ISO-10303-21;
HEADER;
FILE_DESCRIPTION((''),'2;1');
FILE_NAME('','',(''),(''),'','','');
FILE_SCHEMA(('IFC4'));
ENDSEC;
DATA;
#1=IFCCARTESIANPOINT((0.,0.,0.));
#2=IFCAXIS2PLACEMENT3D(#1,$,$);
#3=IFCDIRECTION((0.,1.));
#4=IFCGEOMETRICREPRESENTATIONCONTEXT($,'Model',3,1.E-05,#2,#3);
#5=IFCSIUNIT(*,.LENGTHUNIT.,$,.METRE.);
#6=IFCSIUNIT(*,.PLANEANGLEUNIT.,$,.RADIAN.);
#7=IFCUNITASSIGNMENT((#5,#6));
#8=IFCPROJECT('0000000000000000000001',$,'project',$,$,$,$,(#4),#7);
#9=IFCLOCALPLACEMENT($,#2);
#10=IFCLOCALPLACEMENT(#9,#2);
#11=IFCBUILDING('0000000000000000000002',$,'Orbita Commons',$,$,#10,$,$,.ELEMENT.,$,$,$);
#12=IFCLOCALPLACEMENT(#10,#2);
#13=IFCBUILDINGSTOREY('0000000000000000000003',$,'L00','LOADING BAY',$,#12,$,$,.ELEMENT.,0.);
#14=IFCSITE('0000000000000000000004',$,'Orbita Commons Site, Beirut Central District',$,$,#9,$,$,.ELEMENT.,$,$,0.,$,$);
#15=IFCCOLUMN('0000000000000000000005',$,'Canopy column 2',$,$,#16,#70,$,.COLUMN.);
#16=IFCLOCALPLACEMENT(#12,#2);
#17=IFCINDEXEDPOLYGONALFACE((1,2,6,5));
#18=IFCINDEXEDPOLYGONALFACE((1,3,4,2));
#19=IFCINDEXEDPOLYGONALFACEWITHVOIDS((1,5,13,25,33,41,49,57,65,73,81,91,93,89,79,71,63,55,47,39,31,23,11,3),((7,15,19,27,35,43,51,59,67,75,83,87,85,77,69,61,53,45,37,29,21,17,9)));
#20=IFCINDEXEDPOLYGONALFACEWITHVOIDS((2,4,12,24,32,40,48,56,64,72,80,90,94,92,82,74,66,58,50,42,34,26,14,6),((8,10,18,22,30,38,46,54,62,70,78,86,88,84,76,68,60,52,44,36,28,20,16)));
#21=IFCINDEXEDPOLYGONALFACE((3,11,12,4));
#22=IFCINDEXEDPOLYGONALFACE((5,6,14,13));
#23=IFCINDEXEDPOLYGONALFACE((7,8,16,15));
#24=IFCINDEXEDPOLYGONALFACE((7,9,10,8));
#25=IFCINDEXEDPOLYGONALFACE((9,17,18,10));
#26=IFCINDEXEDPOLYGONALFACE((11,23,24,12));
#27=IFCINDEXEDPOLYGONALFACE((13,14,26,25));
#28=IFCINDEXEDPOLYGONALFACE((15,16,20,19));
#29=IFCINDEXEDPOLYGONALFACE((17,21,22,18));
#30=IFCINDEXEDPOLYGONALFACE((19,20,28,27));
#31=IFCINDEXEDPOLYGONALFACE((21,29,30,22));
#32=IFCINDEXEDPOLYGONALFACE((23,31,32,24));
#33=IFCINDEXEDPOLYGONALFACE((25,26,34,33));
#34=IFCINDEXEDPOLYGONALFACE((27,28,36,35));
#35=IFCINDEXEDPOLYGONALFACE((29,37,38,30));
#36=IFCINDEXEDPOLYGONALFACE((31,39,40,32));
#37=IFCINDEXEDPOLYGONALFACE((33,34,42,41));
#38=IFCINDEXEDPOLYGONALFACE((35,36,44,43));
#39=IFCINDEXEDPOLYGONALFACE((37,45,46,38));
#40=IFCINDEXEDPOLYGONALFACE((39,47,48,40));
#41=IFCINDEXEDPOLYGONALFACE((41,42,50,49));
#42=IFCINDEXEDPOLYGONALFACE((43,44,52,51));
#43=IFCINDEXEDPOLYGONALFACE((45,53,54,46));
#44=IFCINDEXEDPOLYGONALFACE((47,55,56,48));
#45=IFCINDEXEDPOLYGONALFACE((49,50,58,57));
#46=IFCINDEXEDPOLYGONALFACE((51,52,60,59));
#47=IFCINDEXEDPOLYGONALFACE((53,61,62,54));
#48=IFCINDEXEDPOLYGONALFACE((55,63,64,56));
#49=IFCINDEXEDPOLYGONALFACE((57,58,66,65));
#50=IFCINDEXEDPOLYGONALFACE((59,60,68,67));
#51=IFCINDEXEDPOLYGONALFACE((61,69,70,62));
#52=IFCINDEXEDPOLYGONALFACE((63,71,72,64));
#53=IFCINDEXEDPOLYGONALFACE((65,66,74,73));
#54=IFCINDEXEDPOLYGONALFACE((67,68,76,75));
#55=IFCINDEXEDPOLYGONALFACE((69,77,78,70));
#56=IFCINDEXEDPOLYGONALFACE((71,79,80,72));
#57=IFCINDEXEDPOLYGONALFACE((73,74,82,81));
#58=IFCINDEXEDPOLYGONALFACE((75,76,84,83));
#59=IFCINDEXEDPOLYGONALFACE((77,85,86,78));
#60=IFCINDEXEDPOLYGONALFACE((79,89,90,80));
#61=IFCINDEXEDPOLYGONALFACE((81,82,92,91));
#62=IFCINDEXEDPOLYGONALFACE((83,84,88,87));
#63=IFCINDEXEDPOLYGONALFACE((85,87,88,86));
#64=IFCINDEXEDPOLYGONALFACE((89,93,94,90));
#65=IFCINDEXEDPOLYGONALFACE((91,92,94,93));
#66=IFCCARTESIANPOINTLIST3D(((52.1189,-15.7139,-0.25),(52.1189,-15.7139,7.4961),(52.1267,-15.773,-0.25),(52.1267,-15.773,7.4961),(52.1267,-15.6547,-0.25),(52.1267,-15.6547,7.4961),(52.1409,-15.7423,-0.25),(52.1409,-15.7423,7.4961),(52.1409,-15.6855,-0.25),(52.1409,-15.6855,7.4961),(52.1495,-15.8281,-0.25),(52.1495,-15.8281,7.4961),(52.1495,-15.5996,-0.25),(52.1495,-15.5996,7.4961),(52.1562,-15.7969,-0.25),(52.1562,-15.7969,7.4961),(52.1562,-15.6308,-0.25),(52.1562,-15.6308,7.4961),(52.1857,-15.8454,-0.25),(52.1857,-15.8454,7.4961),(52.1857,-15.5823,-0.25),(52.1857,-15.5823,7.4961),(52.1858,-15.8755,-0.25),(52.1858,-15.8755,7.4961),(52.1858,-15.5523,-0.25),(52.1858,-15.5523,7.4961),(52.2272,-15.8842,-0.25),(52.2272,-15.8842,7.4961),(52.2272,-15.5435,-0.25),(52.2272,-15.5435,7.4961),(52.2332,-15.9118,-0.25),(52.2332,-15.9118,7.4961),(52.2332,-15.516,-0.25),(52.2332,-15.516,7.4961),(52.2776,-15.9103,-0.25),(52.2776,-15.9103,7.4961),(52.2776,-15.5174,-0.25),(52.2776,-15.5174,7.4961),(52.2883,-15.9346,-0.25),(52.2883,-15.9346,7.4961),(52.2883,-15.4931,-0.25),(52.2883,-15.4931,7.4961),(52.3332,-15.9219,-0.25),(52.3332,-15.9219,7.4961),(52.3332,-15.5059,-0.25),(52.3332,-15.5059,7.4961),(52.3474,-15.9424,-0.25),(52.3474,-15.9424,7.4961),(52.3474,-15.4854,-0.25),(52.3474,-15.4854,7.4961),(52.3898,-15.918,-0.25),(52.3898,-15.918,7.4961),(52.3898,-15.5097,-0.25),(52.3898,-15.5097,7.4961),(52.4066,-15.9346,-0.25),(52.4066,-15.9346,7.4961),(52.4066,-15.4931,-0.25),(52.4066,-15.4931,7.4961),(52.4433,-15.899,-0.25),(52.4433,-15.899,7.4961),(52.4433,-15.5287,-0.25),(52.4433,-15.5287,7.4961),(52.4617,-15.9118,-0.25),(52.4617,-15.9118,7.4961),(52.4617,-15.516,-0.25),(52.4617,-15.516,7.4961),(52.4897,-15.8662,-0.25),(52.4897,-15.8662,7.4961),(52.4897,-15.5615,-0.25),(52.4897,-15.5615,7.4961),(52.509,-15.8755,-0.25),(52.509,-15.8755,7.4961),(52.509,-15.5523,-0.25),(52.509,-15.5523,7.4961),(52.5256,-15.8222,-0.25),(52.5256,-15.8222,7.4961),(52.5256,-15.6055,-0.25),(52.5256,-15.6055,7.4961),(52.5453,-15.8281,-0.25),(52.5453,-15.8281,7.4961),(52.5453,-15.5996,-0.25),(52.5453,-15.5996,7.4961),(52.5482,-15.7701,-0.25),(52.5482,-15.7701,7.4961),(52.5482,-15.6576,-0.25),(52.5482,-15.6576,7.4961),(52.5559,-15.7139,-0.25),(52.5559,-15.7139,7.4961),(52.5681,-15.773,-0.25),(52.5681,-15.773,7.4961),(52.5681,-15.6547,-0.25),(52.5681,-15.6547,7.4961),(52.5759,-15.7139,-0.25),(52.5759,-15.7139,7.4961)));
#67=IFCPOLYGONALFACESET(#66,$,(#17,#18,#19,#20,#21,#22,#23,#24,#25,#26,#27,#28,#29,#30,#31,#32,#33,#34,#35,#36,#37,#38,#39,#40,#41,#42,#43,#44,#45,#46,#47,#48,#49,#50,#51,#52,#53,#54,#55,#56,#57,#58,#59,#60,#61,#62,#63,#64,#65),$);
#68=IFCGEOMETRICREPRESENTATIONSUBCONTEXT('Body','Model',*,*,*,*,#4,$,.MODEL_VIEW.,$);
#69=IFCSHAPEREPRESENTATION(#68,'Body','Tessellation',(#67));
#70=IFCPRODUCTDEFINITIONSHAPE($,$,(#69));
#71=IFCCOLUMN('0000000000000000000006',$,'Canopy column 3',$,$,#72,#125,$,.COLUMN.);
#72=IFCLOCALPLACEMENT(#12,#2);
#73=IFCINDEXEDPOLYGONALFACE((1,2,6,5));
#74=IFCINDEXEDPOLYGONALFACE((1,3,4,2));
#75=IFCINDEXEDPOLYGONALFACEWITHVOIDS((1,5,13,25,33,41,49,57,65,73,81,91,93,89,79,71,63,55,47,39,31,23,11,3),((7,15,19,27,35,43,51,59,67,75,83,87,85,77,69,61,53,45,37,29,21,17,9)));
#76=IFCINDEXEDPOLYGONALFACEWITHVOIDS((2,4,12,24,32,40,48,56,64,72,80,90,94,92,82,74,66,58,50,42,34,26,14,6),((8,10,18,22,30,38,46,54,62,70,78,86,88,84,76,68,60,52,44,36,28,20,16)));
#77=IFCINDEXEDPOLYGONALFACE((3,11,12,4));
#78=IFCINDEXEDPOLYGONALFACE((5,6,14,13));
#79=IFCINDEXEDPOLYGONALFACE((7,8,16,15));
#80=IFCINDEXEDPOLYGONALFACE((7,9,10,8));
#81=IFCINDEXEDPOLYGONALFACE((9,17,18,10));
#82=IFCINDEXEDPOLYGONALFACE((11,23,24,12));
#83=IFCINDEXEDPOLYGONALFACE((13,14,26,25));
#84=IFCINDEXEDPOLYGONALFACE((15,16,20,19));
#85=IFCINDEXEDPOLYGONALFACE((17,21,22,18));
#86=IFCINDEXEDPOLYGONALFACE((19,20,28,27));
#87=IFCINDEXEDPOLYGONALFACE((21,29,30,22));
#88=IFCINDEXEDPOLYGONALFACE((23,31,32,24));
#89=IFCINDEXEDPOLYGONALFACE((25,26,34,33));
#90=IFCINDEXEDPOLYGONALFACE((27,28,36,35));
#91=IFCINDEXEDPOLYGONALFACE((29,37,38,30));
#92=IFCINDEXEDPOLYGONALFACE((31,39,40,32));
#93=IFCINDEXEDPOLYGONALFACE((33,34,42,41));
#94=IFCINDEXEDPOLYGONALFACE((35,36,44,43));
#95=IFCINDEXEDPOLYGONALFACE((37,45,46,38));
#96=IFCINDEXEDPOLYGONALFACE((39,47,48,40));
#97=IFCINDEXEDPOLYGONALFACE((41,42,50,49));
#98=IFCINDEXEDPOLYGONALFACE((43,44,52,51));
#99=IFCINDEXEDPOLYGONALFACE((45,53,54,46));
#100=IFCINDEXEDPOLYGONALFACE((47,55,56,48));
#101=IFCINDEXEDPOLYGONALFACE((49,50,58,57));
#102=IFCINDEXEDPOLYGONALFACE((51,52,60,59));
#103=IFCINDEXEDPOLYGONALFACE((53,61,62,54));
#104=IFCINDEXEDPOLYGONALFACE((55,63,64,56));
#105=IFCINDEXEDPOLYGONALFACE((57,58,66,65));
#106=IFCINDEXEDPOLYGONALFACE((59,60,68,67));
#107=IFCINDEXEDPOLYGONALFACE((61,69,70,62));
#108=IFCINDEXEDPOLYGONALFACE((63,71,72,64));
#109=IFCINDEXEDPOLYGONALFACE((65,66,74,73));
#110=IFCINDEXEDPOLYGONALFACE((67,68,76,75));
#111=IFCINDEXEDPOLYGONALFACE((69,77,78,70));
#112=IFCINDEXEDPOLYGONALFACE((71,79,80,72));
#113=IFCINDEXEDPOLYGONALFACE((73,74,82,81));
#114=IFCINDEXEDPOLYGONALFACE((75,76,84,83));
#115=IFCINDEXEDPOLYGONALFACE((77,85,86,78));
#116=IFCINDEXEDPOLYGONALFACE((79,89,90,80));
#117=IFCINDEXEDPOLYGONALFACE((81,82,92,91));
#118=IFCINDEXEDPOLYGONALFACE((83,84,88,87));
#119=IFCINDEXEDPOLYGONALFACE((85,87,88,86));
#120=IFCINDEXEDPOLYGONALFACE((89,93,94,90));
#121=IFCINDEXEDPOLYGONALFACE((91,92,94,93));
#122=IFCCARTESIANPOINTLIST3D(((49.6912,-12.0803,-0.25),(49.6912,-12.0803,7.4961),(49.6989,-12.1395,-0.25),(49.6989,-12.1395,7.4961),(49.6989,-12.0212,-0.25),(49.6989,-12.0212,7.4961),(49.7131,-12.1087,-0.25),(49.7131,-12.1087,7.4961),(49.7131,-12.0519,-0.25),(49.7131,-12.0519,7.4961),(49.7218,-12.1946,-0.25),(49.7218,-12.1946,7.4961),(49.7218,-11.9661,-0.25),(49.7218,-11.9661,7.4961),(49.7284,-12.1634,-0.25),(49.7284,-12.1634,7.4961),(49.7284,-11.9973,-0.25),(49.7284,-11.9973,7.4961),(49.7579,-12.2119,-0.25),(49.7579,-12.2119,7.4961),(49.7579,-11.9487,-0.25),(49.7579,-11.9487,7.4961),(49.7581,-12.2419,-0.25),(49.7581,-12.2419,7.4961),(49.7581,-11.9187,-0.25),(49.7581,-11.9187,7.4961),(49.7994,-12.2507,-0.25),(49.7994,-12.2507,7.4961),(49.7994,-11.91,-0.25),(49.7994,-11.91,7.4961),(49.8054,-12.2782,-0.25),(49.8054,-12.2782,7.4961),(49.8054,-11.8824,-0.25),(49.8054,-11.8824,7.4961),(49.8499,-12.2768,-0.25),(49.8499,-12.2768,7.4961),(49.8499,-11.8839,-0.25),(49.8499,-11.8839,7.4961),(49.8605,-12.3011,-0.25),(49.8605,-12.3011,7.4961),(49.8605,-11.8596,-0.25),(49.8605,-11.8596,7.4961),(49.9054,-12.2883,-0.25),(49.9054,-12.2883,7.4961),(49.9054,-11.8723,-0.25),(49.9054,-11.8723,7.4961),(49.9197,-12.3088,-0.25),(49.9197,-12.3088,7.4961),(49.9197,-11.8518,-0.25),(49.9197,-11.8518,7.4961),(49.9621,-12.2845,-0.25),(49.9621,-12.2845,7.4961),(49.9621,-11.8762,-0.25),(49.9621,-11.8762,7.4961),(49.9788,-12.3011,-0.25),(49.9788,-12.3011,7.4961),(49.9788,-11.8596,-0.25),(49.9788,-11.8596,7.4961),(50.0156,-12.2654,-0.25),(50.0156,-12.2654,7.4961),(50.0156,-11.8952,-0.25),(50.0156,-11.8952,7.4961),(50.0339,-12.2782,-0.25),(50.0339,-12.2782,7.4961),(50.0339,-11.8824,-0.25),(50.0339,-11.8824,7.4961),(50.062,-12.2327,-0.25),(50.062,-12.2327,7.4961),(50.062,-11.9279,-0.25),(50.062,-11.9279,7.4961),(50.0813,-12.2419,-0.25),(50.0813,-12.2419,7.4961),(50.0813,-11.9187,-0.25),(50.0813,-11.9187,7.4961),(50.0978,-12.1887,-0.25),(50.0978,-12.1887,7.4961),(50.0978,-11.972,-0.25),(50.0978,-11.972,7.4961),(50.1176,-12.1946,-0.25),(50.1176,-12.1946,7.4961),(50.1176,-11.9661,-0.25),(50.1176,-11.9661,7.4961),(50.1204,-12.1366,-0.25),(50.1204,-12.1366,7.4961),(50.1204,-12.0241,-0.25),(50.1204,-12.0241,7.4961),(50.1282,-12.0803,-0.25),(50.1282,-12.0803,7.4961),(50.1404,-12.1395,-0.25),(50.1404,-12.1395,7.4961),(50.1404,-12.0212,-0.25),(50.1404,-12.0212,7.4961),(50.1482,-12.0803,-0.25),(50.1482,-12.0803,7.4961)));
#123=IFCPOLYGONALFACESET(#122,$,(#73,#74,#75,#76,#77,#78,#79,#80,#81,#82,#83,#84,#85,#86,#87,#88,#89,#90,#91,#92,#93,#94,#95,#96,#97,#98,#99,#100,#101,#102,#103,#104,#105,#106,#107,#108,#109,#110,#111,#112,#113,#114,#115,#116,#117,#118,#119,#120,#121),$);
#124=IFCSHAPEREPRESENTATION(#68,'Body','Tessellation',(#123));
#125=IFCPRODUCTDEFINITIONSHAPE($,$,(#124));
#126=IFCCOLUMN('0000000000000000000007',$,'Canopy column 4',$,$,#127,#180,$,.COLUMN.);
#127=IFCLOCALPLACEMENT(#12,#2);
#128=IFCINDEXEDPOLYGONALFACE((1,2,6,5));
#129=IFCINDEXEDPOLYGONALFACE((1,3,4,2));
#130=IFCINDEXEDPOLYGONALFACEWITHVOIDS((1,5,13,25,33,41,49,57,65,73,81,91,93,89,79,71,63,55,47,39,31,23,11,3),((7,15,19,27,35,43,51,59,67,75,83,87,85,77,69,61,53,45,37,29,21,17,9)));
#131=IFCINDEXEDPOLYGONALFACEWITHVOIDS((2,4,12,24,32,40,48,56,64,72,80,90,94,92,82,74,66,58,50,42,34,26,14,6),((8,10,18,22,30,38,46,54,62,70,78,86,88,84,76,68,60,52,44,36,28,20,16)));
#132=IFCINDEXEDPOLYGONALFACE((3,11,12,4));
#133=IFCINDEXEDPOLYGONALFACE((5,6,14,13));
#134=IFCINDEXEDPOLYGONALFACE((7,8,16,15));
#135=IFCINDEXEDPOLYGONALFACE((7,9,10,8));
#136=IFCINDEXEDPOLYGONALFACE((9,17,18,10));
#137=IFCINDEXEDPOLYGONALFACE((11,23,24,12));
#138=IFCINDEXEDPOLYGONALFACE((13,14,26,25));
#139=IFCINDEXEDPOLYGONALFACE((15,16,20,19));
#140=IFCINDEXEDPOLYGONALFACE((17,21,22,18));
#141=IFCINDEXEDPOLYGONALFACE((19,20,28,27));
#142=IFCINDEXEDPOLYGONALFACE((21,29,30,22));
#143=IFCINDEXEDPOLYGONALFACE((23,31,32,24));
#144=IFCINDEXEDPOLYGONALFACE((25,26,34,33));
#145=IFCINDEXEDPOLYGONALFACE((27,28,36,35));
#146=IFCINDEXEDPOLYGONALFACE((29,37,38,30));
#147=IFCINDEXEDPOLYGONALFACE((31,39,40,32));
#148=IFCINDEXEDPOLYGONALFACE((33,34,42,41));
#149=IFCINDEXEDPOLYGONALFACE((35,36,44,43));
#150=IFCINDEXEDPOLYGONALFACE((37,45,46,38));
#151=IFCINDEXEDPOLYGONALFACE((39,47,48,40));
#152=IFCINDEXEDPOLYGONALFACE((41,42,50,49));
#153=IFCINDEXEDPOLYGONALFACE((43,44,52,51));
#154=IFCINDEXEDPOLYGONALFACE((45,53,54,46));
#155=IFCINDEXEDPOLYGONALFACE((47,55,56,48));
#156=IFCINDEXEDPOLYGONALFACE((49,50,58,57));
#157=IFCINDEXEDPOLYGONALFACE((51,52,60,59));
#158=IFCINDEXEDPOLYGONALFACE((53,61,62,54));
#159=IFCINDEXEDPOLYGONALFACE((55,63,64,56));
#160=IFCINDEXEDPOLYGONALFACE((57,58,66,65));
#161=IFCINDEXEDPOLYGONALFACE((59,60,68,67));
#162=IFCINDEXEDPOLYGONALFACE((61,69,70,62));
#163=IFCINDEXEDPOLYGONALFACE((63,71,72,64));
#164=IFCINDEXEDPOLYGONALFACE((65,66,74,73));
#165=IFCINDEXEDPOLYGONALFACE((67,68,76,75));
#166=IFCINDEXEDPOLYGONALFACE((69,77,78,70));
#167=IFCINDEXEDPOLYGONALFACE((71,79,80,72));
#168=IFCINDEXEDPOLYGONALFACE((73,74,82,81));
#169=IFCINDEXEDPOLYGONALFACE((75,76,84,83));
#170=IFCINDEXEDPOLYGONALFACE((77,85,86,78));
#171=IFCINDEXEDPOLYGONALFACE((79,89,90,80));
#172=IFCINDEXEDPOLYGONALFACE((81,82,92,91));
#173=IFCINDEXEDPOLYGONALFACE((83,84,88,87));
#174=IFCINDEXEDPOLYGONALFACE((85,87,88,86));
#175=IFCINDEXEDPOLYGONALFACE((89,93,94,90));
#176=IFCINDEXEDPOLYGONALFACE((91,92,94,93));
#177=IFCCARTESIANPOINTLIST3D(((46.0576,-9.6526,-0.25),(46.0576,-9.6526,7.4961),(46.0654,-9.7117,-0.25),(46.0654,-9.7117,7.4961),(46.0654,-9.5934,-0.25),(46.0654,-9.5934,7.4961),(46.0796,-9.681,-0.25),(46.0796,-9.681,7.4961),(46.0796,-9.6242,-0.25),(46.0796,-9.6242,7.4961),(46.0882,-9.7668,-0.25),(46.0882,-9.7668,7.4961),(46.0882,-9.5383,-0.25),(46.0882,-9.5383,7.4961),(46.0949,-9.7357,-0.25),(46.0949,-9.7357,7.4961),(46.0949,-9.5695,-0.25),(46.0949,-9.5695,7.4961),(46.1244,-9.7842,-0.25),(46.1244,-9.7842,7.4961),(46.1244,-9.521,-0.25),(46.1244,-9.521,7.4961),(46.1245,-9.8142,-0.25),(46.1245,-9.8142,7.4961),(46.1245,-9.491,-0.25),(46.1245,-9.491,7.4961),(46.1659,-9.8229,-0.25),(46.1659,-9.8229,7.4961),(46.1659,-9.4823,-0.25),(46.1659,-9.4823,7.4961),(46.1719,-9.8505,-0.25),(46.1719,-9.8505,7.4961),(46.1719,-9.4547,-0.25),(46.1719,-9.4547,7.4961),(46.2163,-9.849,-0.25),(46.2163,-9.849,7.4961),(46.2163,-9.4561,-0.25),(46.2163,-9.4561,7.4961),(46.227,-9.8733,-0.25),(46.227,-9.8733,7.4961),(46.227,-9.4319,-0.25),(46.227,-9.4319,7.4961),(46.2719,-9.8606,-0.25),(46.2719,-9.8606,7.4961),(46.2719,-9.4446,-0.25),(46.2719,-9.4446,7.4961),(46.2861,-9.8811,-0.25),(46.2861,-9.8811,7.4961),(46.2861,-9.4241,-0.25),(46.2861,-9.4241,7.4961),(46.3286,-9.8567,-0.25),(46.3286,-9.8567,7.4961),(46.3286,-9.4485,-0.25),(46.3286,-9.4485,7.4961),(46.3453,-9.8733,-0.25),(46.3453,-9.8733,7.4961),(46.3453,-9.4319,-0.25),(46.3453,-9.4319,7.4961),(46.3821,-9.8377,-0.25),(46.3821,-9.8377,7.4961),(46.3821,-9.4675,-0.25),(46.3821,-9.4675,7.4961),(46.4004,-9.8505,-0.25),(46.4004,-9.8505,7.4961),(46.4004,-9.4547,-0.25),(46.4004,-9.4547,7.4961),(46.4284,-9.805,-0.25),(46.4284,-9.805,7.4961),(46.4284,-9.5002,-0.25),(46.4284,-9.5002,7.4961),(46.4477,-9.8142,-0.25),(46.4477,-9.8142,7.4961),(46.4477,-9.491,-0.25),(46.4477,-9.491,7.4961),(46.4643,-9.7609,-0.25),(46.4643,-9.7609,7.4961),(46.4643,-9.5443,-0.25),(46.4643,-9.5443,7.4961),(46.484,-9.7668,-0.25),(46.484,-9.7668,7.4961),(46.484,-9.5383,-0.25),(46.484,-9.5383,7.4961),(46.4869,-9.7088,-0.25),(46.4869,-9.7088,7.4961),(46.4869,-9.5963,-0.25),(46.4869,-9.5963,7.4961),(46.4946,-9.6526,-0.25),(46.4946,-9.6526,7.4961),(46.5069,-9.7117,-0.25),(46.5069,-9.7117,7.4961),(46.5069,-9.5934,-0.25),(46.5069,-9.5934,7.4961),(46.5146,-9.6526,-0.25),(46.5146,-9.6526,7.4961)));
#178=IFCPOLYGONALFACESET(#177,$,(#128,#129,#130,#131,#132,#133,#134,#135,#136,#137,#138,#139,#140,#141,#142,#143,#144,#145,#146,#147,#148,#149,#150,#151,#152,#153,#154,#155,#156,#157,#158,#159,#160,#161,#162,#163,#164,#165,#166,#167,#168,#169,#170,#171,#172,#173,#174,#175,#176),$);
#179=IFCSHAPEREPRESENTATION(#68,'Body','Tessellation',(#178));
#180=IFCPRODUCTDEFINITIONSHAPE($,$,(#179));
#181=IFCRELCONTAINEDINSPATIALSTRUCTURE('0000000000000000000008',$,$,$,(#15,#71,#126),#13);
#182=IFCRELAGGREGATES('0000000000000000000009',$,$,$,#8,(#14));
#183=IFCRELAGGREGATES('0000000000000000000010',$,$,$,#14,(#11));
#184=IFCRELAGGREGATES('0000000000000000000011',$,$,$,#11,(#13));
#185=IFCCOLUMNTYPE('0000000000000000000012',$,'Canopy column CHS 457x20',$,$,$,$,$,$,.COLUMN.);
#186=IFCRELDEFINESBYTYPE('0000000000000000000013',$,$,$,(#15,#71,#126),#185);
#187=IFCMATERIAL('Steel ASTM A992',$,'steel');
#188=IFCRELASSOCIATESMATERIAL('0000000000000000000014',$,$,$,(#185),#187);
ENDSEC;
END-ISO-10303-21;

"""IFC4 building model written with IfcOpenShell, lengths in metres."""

from ifc_helpers import new_model, si_unit, direction, frame, origin, origin_2d, place, context, subcontext, project, spatial, hollow_circle, extrude, material, material_profile, profile_set, type_object, element, save


model = new_model("IFC4")

# Units and contexts
model_context = context("Model", 3, precision=1e-05, world=origin(), true_north=direction((0.0, 1.0)))
body_context = subcontext(model_context, "Body", "Model", "MODEL_VIEW")
ifc_project = project(units=[si_unit("LENGTHUNIT", "METRE"), si_unit("PLANEANGLEUNIT", "RADIAN")], contexts=[model_context])

# Site, building, storey
site_placement = place(None, origin())
site = spatial("IfcSite", under=ifc_project, at=site_placement, Name="Orbita Commons Site, Beirut Central District", CompositionType="ELEMENT", RefElevation=0.0)
building_placement = place(site_placement, origin())
building = spatial("IfcBuilding", under=site, at=building_placement, Name="Orbita Commons", CompositionType="ELEMENT")
storey_placement = place(building_placement, origin())
storey = spatial("IfcBuildingStorey", under=building, at=storey_placement, Name="L00", Description="LOADING BAY", CompositionType="ELEMENT", Elevation=0.0)

# Columns
ifc_material_1 = material(Name="Steel ASTM A992", Category="steel")
ifc_material_profile_1 = material_profile(ifc_material_1, hollow_circle(Radius=0.2285, WallThickness=0.02, at=origin_2d()), Name="CHS 457x20")
ifc_profile_set_1 = profile_set([ifc_material_profile_1], Name="Steel ASTM A992")
column_type_1 = type_object("IfcColumnType", Name="Canopy column CHS 457x20", PredefinedType="COLUMN", material=ifc_profile_set_1)
for number, where, z_axis, x_axis, name in (
    (1, (52.3474, -15.7139, -0.25), (0.0, 0.0, 1.0), (1.0, 0.0, 0.0), "Canopy column 2"),
    (2, (49.9197, -12.0803, -0.25), (0.0, 0.0, 1.0), (1.0, 0.0, 0.0), "Canopy column 3"),
    (3, (46.2861, -9.6526, -0.25), (0.0, 0.0, 1.0), (1.0, 0.0, 0.0), "Canopy column 4"),
):
    element("IfcColumn", number, at=place(storey_placement, frame(where, z_axis=z_axis, x_axis=x_axis)), inside=storey, type_object=column_type_1, Name=name, PredefinedType="COLUMN", context=body_context, shape_type="SweptSolid", body=[
        extrude(hollow_circle(Radius=0.2285, WallThickness=0.02, at=origin_2d()), origin(), (0.0, 0.0, 1.0), 7.7461),
    ])

save(model, "model.ifc")
